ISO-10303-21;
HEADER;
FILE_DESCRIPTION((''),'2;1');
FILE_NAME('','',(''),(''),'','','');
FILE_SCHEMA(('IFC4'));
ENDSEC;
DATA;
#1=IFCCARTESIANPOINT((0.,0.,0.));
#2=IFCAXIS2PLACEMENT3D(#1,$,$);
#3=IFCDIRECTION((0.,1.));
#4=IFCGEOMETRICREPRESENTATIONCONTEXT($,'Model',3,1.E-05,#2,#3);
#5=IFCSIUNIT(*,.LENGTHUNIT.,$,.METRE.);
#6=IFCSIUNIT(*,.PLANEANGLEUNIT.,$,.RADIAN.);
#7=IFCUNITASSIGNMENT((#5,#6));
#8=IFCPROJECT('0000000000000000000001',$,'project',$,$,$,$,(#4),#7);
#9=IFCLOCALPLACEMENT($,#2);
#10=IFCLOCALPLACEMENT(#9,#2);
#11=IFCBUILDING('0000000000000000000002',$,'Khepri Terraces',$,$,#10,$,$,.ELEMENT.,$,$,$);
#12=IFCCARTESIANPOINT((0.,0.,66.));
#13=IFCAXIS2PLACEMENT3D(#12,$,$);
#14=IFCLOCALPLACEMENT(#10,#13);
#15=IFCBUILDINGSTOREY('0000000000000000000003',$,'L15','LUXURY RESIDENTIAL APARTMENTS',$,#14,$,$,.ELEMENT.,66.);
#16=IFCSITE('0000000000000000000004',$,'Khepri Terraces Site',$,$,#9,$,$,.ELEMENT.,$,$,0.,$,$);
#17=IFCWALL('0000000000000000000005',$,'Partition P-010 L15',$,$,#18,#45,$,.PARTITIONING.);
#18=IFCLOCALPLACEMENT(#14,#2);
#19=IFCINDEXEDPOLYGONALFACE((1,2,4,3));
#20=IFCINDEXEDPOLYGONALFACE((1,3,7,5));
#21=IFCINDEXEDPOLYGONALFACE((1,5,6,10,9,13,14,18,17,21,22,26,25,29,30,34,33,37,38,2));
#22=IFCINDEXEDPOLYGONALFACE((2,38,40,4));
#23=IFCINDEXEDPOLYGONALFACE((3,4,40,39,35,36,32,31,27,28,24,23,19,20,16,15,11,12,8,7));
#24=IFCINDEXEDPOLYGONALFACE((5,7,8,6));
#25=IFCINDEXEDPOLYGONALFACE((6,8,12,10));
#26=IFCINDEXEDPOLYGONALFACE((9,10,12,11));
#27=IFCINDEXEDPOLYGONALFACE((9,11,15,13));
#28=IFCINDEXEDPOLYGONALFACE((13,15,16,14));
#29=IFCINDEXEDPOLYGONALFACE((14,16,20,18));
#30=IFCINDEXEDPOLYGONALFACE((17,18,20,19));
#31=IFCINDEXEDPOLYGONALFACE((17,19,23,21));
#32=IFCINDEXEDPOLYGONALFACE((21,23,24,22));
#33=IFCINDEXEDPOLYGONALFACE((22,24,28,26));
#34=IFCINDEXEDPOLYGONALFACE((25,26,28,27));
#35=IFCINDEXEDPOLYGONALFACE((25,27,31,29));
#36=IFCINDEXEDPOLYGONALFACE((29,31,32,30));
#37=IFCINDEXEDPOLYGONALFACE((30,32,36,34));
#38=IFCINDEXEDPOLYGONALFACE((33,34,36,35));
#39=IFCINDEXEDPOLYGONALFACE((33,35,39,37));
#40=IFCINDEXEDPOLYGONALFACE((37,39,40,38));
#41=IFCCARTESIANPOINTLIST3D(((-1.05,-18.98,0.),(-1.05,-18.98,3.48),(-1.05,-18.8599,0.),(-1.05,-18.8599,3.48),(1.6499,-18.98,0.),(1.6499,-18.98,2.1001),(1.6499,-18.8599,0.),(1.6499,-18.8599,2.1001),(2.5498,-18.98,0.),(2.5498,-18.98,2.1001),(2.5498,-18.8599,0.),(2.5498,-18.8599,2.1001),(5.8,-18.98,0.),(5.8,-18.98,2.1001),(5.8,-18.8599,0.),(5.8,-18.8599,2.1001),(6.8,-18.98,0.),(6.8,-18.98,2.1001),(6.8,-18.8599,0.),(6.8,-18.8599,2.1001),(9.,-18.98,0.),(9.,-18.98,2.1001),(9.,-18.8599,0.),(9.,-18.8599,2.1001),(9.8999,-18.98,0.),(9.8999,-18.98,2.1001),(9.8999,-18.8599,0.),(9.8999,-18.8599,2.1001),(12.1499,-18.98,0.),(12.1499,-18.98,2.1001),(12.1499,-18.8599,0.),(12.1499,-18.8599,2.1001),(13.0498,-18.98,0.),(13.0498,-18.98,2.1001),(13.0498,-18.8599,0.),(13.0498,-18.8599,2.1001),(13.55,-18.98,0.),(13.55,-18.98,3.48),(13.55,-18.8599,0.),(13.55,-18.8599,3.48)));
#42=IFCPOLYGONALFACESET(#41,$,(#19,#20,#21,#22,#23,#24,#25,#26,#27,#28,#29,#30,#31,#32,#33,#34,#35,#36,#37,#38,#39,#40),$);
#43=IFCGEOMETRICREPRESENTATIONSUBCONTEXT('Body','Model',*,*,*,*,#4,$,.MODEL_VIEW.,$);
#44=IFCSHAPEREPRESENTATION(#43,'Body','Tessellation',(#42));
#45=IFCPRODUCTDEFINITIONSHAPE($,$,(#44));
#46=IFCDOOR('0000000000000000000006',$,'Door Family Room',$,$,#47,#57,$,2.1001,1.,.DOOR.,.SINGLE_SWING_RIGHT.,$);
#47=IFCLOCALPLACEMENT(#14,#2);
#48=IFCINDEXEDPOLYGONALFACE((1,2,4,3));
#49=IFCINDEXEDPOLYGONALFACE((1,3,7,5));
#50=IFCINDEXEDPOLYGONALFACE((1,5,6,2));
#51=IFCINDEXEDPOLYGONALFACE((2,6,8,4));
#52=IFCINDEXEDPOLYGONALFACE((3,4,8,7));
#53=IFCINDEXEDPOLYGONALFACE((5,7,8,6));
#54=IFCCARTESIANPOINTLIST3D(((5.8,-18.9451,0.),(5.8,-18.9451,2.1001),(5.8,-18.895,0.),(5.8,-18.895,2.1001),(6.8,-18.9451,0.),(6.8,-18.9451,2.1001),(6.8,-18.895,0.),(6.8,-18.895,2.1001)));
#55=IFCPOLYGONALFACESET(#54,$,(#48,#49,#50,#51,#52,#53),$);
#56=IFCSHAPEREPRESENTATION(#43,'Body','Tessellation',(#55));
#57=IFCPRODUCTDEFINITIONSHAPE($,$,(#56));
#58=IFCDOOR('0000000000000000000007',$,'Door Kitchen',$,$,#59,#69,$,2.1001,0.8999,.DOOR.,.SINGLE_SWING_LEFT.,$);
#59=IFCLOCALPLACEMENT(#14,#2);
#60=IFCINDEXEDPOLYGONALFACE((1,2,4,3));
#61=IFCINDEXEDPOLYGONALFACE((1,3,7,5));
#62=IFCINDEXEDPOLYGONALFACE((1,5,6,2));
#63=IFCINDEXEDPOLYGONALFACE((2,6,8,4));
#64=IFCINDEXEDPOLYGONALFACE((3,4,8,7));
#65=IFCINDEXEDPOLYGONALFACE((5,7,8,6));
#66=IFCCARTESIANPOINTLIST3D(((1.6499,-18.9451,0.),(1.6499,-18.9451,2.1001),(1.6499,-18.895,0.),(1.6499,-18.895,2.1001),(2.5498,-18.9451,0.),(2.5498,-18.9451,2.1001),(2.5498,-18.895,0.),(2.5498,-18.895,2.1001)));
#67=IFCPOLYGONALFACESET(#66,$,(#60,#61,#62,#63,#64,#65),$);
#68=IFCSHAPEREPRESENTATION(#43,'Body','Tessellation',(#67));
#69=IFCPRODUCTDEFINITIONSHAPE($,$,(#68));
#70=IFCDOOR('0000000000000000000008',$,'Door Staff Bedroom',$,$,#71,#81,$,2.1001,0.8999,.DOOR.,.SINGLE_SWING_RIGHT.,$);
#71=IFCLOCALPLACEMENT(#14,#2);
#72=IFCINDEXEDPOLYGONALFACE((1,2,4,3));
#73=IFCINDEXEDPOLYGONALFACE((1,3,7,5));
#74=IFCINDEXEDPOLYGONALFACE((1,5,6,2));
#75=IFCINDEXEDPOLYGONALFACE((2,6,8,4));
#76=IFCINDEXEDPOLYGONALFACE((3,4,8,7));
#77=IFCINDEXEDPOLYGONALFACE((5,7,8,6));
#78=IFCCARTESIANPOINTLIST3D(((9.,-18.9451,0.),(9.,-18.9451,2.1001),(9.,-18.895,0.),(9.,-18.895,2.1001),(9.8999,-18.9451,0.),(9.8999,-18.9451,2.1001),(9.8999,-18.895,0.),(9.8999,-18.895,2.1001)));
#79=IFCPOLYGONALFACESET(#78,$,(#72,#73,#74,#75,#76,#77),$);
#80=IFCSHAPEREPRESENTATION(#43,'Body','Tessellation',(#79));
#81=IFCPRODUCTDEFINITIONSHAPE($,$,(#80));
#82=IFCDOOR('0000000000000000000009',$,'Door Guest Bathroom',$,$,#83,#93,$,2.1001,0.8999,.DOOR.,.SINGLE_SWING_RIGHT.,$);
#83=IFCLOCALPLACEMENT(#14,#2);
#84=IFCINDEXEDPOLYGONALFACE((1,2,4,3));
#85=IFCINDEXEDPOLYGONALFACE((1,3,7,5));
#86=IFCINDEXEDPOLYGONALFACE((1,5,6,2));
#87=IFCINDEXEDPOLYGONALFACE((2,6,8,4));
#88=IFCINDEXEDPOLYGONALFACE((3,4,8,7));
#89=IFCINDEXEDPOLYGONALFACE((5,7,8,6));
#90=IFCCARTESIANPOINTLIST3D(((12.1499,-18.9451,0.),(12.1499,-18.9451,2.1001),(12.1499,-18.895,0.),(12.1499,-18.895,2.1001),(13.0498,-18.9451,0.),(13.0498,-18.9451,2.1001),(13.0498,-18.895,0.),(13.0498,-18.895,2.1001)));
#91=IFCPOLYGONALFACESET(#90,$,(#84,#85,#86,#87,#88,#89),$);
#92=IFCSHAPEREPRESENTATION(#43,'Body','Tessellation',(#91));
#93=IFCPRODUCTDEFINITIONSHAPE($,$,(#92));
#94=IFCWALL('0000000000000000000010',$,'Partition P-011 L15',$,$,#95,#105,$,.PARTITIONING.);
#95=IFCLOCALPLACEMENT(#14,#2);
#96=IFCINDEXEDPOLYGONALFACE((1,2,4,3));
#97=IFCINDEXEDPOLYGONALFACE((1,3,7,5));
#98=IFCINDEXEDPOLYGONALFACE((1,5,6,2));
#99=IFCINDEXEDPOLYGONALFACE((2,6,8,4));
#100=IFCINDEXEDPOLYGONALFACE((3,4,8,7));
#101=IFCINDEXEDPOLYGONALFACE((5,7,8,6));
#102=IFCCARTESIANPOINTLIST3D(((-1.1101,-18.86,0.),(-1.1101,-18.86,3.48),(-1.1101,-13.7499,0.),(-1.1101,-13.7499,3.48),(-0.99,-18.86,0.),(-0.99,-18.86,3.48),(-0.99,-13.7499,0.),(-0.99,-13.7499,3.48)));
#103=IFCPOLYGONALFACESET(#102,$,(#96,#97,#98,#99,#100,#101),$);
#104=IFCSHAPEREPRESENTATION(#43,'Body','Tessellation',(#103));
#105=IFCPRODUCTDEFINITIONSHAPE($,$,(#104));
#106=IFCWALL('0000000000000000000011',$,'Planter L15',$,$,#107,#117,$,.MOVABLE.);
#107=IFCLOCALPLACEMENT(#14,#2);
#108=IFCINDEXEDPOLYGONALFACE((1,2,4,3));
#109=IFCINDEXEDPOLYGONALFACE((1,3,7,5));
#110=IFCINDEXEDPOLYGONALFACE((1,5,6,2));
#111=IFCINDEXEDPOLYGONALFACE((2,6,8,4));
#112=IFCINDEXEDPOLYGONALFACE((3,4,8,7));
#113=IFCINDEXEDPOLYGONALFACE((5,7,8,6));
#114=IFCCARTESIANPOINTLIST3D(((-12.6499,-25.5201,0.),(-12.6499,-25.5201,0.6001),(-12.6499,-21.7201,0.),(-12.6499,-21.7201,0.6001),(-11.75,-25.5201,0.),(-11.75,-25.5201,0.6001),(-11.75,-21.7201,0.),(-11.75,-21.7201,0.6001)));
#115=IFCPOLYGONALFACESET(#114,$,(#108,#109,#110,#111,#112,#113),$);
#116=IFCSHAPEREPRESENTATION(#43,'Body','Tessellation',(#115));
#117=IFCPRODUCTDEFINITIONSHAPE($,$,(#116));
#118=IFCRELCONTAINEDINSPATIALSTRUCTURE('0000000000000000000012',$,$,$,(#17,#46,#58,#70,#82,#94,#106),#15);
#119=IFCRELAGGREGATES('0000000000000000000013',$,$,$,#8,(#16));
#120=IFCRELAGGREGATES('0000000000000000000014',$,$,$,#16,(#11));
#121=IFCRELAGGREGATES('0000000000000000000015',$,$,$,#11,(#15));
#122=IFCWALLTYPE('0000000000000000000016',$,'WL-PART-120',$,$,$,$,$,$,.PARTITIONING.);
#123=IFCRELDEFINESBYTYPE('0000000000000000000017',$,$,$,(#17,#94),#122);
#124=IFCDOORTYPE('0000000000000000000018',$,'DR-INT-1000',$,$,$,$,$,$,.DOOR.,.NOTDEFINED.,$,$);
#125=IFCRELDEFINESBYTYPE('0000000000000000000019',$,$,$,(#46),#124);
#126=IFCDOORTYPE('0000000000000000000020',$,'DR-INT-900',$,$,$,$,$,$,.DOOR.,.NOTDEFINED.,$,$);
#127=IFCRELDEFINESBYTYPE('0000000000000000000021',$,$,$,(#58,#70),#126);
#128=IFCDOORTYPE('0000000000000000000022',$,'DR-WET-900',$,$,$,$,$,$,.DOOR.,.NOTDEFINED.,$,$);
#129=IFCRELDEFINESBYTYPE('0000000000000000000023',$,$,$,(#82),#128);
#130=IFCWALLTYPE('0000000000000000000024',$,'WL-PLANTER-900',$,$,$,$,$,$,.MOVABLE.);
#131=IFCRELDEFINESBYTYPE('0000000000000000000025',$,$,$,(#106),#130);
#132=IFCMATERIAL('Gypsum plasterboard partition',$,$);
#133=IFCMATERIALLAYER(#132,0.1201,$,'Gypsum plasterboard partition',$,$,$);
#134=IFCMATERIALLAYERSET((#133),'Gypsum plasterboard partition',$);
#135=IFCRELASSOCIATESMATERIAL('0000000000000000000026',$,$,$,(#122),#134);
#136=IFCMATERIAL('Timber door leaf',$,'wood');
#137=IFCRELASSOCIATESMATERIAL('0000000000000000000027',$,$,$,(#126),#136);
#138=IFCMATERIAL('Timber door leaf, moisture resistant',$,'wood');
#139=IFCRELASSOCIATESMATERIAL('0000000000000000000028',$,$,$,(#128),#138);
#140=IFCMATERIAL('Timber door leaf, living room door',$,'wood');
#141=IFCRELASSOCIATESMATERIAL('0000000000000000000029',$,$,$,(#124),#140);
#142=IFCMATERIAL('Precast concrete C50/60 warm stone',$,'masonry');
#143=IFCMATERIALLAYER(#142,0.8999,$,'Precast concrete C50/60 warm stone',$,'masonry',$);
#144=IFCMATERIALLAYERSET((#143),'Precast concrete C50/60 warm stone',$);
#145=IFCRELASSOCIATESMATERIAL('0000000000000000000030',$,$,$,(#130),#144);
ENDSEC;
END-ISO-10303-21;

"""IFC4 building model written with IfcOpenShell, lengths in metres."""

from ifc_helpers import new_model, si_unit, direction, frame, frame_2d, origin, place, context, subcontext, project, spatial, rectangle, extrude, material, layer, layer_set, type_object, element, fill, save


model = new_model("IFC4")

# Units and contexts
model_context = context("Model", 3, precision=1e-05, world=origin(), true_north=direction((0.0, 1.0)))
body_context = subcontext(model_context, "Body", "Model", "MODEL_VIEW")
ifc_project = project(units=[si_unit("LENGTHUNIT", "METRE"), si_unit("PLANEANGLEUNIT", "RADIAN")], contexts=[model_context])

# Site, building, storey
site_placement = place(None, origin())
site = spatial("IfcSite", under=ifc_project, at=site_placement, Name="Khepri Terraces Site", CompositionType="ELEMENT", RefElevation=0.0)
building_placement = place(site_placement, origin())
building = spatial("IfcBuilding", under=site, at=building_placement, Name="Khepri Terraces", CompositionType="ELEMENT")
storey_placement = place(building_placement, frame((0.0, 0.0, 66.0)))
storey = spatial("IfcBuildingStorey", under=building, at=storey_placement, Name="L15", Description="LUXURY RESIDENTIAL APARTMENTS", CompositionType="ELEMENT", Elevation=66.0)

# Shared definitions
ifc_material_1 = material(Name="Gypsum plasterboard partition")
ifc_layer_1 = layer(ifc_material_1, 0.1201, Name="Gypsum plasterboard partition")
ifc_layer_set_1 = layer_set([ifc_layer_1], Name="Gypsum plasterboard partition")
wall_type_1 = type_object("IfcWallType", Name="WL-PART-120", PredefinedType="PARTITIONING", material=ifc_layer_set_1)
ifc_material_2 = material(Name="Timber door leaf", Category="wood")
door_type_1 = type_object("IfcDoorType", Name="DR-INT-900", OperationType="NOTDEFINED", PredefinedType="DOOR", material=ifc_material_2)
ifc_material_3 = material(Name="Timber door leaf, moisture resistant", Category="wood")
door_type_2 = type_object("IfcDoorType", Name="DR-WET-900", OperationType="NOTDEFINED", PredefinedType="DOOR", material=ifc_material_3)

# Wall, openings, doors
wall_1_placement = place(storey_placement, frame((-1.05, -18.9199, 0.0), z_axis=(0.0, 0.0, 1.0), x_axis=(1.0, 0.0, 0.0)))
wall_1 = element("IfcWall", 1, at=wall_1_placement, inside=storey, type_object=wall_type_1, Name="Partition P-010 L15", PredefinedType="PARTITIONING", context=body_context, shape_type="SweptSolid", body=[
    extrude(rectangle(XDim=14.6001, YDim=0.1201, at=frame_2d((7.3, 0.0))), origin(), (0.0, 0.0, 1.0), 3.48),
])
opening_1_placement = place(wall_1_placement, frame((2.7, 0.0, 0.0)))
opening_1 = element("IfcOpeningElement", 2, at=opening_1_placement, cuts=wall_1, PredefinedType="OPENING", context=body_context, shape_type="SweptSolid", body=[
    extrude(rectangle(XDim=0.8999, YDim=2.1001, at=frame_2d((0.45, 1.05))), frame((0.0, 0.0701, 0.0), z_axis=(0.0, -1.0, 0.0), x_axis=(1.0, 0.0, 0.0)), (0.0, 0.0, 1.0), 0.1401),
])
opening_2_placement = place(wall_1_placement, frame((6.8501, 0.0, 0.0)))
opening_2 = element("IfcOpeningElement", 3, at=opening_2_placement, cuts=wall_1, PredefinedType="OPENING", context=body_context, shape_type="SweptSolid", body=[
    extrude(rectangle(XDim=1.0, YDim=2.1001, at=frame_2d((0.5, 1.05))), frame((0.0, 0.0701, 0.0), z_axis=(0.0, -1.0, 0.0), x_axis=(1.0, 0.0, 0.0)), (0.0, 0.0, 1.0), 0.1401),
])
opening_3_placement = place(wall_1_placement, frame((10.05, 0.0, 0.0)))
opening_3 = element("IfcOpeningElement", 4, at=opening_3_placement, cuts=wall_1, PredefinedType="OPENING", context=body_context, shape_type="SweptSolid", body=[
    extrude(rectangle(XDim=0.8999, YDim=2.1001, at=frame_2d((0.45, 1.05))), frame((0.0, 0.0701, 0.0), z_axis=(0.0, -1.0, 0.0), x_axis=(1.0, 0.0, 0.0)), (0.0, 0.0, 1.0), 0.1401),
])
opening_4_placement = place(wall_1_placement, frame((13.2, 0.0, 0.0)))
opening_4 = element("IfcOpeningElement", 5, at=opening_4_placement, cuts=wall_1, PredefinedType="OPENING", context=body_context, shape_type="SweptSolid", body=[
    extrude(rectangle(XDim=0.8999, YDim=2.1001, at=frame_2d((0.45, 1.05))), frame((0.0, 0.0701, 0.0), z_axis=(0.0, -1.0, 0.0), x_axis=(1.0, 0.0, 0.0)), (0.0, 0.0, 1.0), 0.1401),
])
ifc_material_4 = material(Name="Timber door leaf, living room door", Category="wood")
door_type_3 = type_object("IfcDoorType", Name="DR-INT-1000", OperationType="NOTDEFINED", PredefinedType="DOOR", material=ifc_material_4)
door_1_placement = place(opening_2_placement, origin())
door_1 = element("IfcDoor", 6, at=door_1_placement, inside=storey, type_object=door_type_3, Name="Door Family Room", OperationType="SINGLE_SWING_RIGHT", OverallHeight=2.1001, OverallWidth=1.0, PredefinedType="DOOR", context=body_context, shape_type="SweptSolid", body=[
    extrude(rectangle(XDim=1.0, YDim=2.1001, at=frame_2d((0.5, 1.05))), frame((0.0, 0.0249, 0.0), z_axis=(0.0, -1.0, 0.0), x_axis=(1.0, 0.0, 0.0)), (0.0, 0.0, 1.0), 0.05),
])
fill(opening_2, door_1)
door_2_placement = place(opening_1_placement, origin())
door_2 = element("IfcDoor", 7, at=door_2_placement, inside=storey, type_object=door_type_1, Name="Door Kitchen", OperationType="SINGLE_SWING_LEFT", OverallHeight=2.1001, OverallWidth=0.8999, PredefinedType="DOOR", context=body_context, shape_type="SweptSolid", body=[
    extrude(rectangle(XDim=0.8999, YDim=2.1001, at=frame_2d((0.45, 1.05))), frame((0.0, 0.0249, 0.0), z_axis=(0.0, -1.0, 0.0), x_axis=(1.0, 0.0, 0.0)), (0.0, 0.0, 1.0), 0.05),
])
fill(opening_1, door_2)
door_3_placement = place(opening_3_placement, origin())
door_3 = element("IfcDoor", 8, at=door_3_placement, inside=storey, type_object=door_type_1, Name="Door Staff Bedroom", OperationType="SINGLE_SWING_RIGHT", OverallHeight=2.1001, OverallWidth=0.8999, PredefinedType="DOOR", context=body_context, shape_type="SweptSolid", body=[
    extrude(rectangle(XDim=0.8999, YDim=2.1001, at=frame_2d((0.45, 1.05))), frame((0.0, 0.0249, 0.0), z_axis=(0.0, -1.0, 0.0), x_axis=(1.0, 0.0, 0.0)), (0.0, 0.0, 1.0), 0.05),
])
fill(opening_3, door_3)
door_4_placement = place(opening_4_placement, origin())
door_4 = element("IfcDoor", 9, at=door_4_placement, inside=storey, type_object=door_type_2, Name="Door Guest Bathroom", OperationType="SINGLE_SWING_RIGHT", OverallHeight=2.1001, OverallWidth=0.8999, PredefinedType="DOOR", context=body_context, shape_type="SweptSolid", body=[
    extrude(rectangle(XDim=0.8999, YDim=2.1001, at=frame_2d((0.45, 1.05))), frame((0.0, 0.0249, 0.0), z_axis=(0.0, -1.0, 0.0), x_axis=(1.0, 0.0, 0.0)), (0.0, 0.0, 1.0), 0.05),
])
fill(opening_4, door_4)

# Walls
wall_2_placement = place(storey_placement, frame((-1.05, -18.8601, 0.0), z_axis=(0.0, 0.0, 1.0), x_axis=(0.0, 1.0, 0.0)))
element("IfcWall", 10, at=wall_2_placement, inside=storey, type_object=wall_type_1, Name="Partition P-011 L15", PredefinedType="PARTITIONING", context=body_context, shape_type="SweptSolid", body=[
    extrude(rectangle(XDim=5.1101, YDim=0.1201, at=frame_2d((2.5552, 0.0))), origin(), (0.0, 0.0, 1.0), 3.48),
])
ifc_material_5 = material(Name="Precast concrete C50/60 warm stone", Category="masonry")
ifc_layer_2 = layer(ifc_material_5, 0.8999, Name="Precast concrete C50/60 warm stone", Category="masonry")
ifc_layer_set_2 = layer_set([ifc_layer_2], Name="Precast concrete C50/60 warm stone")
wall_type_2 = type_object("IfcWallType", Name="WL-PLANTER-900", PredefinedType="MOVABLE", material=ifc_layer_set_2)
wall_3_placement = place(storey_placement, frame((-12.2, -25.52, 0.0), z_axis=(0.0, 0.0, 1.0), x_axis=(0.0, 1.0, 0.0)))
element("IfcWall", 11, at=wall_3_placement, inside=storey, type_object=wall_type_2, Name="Planter L15", PredefinedType="MOVABLE", context=body_context, shape_type="SweptSolid", body=[
    extrude(rectangle(XDim=3.8, YDim=0.8999, at=frame_2d((1.8999, 0.0))), origin(), (0.0, 0.0, 1.0), 0.6001),
])

save(model, "model.ifc")
